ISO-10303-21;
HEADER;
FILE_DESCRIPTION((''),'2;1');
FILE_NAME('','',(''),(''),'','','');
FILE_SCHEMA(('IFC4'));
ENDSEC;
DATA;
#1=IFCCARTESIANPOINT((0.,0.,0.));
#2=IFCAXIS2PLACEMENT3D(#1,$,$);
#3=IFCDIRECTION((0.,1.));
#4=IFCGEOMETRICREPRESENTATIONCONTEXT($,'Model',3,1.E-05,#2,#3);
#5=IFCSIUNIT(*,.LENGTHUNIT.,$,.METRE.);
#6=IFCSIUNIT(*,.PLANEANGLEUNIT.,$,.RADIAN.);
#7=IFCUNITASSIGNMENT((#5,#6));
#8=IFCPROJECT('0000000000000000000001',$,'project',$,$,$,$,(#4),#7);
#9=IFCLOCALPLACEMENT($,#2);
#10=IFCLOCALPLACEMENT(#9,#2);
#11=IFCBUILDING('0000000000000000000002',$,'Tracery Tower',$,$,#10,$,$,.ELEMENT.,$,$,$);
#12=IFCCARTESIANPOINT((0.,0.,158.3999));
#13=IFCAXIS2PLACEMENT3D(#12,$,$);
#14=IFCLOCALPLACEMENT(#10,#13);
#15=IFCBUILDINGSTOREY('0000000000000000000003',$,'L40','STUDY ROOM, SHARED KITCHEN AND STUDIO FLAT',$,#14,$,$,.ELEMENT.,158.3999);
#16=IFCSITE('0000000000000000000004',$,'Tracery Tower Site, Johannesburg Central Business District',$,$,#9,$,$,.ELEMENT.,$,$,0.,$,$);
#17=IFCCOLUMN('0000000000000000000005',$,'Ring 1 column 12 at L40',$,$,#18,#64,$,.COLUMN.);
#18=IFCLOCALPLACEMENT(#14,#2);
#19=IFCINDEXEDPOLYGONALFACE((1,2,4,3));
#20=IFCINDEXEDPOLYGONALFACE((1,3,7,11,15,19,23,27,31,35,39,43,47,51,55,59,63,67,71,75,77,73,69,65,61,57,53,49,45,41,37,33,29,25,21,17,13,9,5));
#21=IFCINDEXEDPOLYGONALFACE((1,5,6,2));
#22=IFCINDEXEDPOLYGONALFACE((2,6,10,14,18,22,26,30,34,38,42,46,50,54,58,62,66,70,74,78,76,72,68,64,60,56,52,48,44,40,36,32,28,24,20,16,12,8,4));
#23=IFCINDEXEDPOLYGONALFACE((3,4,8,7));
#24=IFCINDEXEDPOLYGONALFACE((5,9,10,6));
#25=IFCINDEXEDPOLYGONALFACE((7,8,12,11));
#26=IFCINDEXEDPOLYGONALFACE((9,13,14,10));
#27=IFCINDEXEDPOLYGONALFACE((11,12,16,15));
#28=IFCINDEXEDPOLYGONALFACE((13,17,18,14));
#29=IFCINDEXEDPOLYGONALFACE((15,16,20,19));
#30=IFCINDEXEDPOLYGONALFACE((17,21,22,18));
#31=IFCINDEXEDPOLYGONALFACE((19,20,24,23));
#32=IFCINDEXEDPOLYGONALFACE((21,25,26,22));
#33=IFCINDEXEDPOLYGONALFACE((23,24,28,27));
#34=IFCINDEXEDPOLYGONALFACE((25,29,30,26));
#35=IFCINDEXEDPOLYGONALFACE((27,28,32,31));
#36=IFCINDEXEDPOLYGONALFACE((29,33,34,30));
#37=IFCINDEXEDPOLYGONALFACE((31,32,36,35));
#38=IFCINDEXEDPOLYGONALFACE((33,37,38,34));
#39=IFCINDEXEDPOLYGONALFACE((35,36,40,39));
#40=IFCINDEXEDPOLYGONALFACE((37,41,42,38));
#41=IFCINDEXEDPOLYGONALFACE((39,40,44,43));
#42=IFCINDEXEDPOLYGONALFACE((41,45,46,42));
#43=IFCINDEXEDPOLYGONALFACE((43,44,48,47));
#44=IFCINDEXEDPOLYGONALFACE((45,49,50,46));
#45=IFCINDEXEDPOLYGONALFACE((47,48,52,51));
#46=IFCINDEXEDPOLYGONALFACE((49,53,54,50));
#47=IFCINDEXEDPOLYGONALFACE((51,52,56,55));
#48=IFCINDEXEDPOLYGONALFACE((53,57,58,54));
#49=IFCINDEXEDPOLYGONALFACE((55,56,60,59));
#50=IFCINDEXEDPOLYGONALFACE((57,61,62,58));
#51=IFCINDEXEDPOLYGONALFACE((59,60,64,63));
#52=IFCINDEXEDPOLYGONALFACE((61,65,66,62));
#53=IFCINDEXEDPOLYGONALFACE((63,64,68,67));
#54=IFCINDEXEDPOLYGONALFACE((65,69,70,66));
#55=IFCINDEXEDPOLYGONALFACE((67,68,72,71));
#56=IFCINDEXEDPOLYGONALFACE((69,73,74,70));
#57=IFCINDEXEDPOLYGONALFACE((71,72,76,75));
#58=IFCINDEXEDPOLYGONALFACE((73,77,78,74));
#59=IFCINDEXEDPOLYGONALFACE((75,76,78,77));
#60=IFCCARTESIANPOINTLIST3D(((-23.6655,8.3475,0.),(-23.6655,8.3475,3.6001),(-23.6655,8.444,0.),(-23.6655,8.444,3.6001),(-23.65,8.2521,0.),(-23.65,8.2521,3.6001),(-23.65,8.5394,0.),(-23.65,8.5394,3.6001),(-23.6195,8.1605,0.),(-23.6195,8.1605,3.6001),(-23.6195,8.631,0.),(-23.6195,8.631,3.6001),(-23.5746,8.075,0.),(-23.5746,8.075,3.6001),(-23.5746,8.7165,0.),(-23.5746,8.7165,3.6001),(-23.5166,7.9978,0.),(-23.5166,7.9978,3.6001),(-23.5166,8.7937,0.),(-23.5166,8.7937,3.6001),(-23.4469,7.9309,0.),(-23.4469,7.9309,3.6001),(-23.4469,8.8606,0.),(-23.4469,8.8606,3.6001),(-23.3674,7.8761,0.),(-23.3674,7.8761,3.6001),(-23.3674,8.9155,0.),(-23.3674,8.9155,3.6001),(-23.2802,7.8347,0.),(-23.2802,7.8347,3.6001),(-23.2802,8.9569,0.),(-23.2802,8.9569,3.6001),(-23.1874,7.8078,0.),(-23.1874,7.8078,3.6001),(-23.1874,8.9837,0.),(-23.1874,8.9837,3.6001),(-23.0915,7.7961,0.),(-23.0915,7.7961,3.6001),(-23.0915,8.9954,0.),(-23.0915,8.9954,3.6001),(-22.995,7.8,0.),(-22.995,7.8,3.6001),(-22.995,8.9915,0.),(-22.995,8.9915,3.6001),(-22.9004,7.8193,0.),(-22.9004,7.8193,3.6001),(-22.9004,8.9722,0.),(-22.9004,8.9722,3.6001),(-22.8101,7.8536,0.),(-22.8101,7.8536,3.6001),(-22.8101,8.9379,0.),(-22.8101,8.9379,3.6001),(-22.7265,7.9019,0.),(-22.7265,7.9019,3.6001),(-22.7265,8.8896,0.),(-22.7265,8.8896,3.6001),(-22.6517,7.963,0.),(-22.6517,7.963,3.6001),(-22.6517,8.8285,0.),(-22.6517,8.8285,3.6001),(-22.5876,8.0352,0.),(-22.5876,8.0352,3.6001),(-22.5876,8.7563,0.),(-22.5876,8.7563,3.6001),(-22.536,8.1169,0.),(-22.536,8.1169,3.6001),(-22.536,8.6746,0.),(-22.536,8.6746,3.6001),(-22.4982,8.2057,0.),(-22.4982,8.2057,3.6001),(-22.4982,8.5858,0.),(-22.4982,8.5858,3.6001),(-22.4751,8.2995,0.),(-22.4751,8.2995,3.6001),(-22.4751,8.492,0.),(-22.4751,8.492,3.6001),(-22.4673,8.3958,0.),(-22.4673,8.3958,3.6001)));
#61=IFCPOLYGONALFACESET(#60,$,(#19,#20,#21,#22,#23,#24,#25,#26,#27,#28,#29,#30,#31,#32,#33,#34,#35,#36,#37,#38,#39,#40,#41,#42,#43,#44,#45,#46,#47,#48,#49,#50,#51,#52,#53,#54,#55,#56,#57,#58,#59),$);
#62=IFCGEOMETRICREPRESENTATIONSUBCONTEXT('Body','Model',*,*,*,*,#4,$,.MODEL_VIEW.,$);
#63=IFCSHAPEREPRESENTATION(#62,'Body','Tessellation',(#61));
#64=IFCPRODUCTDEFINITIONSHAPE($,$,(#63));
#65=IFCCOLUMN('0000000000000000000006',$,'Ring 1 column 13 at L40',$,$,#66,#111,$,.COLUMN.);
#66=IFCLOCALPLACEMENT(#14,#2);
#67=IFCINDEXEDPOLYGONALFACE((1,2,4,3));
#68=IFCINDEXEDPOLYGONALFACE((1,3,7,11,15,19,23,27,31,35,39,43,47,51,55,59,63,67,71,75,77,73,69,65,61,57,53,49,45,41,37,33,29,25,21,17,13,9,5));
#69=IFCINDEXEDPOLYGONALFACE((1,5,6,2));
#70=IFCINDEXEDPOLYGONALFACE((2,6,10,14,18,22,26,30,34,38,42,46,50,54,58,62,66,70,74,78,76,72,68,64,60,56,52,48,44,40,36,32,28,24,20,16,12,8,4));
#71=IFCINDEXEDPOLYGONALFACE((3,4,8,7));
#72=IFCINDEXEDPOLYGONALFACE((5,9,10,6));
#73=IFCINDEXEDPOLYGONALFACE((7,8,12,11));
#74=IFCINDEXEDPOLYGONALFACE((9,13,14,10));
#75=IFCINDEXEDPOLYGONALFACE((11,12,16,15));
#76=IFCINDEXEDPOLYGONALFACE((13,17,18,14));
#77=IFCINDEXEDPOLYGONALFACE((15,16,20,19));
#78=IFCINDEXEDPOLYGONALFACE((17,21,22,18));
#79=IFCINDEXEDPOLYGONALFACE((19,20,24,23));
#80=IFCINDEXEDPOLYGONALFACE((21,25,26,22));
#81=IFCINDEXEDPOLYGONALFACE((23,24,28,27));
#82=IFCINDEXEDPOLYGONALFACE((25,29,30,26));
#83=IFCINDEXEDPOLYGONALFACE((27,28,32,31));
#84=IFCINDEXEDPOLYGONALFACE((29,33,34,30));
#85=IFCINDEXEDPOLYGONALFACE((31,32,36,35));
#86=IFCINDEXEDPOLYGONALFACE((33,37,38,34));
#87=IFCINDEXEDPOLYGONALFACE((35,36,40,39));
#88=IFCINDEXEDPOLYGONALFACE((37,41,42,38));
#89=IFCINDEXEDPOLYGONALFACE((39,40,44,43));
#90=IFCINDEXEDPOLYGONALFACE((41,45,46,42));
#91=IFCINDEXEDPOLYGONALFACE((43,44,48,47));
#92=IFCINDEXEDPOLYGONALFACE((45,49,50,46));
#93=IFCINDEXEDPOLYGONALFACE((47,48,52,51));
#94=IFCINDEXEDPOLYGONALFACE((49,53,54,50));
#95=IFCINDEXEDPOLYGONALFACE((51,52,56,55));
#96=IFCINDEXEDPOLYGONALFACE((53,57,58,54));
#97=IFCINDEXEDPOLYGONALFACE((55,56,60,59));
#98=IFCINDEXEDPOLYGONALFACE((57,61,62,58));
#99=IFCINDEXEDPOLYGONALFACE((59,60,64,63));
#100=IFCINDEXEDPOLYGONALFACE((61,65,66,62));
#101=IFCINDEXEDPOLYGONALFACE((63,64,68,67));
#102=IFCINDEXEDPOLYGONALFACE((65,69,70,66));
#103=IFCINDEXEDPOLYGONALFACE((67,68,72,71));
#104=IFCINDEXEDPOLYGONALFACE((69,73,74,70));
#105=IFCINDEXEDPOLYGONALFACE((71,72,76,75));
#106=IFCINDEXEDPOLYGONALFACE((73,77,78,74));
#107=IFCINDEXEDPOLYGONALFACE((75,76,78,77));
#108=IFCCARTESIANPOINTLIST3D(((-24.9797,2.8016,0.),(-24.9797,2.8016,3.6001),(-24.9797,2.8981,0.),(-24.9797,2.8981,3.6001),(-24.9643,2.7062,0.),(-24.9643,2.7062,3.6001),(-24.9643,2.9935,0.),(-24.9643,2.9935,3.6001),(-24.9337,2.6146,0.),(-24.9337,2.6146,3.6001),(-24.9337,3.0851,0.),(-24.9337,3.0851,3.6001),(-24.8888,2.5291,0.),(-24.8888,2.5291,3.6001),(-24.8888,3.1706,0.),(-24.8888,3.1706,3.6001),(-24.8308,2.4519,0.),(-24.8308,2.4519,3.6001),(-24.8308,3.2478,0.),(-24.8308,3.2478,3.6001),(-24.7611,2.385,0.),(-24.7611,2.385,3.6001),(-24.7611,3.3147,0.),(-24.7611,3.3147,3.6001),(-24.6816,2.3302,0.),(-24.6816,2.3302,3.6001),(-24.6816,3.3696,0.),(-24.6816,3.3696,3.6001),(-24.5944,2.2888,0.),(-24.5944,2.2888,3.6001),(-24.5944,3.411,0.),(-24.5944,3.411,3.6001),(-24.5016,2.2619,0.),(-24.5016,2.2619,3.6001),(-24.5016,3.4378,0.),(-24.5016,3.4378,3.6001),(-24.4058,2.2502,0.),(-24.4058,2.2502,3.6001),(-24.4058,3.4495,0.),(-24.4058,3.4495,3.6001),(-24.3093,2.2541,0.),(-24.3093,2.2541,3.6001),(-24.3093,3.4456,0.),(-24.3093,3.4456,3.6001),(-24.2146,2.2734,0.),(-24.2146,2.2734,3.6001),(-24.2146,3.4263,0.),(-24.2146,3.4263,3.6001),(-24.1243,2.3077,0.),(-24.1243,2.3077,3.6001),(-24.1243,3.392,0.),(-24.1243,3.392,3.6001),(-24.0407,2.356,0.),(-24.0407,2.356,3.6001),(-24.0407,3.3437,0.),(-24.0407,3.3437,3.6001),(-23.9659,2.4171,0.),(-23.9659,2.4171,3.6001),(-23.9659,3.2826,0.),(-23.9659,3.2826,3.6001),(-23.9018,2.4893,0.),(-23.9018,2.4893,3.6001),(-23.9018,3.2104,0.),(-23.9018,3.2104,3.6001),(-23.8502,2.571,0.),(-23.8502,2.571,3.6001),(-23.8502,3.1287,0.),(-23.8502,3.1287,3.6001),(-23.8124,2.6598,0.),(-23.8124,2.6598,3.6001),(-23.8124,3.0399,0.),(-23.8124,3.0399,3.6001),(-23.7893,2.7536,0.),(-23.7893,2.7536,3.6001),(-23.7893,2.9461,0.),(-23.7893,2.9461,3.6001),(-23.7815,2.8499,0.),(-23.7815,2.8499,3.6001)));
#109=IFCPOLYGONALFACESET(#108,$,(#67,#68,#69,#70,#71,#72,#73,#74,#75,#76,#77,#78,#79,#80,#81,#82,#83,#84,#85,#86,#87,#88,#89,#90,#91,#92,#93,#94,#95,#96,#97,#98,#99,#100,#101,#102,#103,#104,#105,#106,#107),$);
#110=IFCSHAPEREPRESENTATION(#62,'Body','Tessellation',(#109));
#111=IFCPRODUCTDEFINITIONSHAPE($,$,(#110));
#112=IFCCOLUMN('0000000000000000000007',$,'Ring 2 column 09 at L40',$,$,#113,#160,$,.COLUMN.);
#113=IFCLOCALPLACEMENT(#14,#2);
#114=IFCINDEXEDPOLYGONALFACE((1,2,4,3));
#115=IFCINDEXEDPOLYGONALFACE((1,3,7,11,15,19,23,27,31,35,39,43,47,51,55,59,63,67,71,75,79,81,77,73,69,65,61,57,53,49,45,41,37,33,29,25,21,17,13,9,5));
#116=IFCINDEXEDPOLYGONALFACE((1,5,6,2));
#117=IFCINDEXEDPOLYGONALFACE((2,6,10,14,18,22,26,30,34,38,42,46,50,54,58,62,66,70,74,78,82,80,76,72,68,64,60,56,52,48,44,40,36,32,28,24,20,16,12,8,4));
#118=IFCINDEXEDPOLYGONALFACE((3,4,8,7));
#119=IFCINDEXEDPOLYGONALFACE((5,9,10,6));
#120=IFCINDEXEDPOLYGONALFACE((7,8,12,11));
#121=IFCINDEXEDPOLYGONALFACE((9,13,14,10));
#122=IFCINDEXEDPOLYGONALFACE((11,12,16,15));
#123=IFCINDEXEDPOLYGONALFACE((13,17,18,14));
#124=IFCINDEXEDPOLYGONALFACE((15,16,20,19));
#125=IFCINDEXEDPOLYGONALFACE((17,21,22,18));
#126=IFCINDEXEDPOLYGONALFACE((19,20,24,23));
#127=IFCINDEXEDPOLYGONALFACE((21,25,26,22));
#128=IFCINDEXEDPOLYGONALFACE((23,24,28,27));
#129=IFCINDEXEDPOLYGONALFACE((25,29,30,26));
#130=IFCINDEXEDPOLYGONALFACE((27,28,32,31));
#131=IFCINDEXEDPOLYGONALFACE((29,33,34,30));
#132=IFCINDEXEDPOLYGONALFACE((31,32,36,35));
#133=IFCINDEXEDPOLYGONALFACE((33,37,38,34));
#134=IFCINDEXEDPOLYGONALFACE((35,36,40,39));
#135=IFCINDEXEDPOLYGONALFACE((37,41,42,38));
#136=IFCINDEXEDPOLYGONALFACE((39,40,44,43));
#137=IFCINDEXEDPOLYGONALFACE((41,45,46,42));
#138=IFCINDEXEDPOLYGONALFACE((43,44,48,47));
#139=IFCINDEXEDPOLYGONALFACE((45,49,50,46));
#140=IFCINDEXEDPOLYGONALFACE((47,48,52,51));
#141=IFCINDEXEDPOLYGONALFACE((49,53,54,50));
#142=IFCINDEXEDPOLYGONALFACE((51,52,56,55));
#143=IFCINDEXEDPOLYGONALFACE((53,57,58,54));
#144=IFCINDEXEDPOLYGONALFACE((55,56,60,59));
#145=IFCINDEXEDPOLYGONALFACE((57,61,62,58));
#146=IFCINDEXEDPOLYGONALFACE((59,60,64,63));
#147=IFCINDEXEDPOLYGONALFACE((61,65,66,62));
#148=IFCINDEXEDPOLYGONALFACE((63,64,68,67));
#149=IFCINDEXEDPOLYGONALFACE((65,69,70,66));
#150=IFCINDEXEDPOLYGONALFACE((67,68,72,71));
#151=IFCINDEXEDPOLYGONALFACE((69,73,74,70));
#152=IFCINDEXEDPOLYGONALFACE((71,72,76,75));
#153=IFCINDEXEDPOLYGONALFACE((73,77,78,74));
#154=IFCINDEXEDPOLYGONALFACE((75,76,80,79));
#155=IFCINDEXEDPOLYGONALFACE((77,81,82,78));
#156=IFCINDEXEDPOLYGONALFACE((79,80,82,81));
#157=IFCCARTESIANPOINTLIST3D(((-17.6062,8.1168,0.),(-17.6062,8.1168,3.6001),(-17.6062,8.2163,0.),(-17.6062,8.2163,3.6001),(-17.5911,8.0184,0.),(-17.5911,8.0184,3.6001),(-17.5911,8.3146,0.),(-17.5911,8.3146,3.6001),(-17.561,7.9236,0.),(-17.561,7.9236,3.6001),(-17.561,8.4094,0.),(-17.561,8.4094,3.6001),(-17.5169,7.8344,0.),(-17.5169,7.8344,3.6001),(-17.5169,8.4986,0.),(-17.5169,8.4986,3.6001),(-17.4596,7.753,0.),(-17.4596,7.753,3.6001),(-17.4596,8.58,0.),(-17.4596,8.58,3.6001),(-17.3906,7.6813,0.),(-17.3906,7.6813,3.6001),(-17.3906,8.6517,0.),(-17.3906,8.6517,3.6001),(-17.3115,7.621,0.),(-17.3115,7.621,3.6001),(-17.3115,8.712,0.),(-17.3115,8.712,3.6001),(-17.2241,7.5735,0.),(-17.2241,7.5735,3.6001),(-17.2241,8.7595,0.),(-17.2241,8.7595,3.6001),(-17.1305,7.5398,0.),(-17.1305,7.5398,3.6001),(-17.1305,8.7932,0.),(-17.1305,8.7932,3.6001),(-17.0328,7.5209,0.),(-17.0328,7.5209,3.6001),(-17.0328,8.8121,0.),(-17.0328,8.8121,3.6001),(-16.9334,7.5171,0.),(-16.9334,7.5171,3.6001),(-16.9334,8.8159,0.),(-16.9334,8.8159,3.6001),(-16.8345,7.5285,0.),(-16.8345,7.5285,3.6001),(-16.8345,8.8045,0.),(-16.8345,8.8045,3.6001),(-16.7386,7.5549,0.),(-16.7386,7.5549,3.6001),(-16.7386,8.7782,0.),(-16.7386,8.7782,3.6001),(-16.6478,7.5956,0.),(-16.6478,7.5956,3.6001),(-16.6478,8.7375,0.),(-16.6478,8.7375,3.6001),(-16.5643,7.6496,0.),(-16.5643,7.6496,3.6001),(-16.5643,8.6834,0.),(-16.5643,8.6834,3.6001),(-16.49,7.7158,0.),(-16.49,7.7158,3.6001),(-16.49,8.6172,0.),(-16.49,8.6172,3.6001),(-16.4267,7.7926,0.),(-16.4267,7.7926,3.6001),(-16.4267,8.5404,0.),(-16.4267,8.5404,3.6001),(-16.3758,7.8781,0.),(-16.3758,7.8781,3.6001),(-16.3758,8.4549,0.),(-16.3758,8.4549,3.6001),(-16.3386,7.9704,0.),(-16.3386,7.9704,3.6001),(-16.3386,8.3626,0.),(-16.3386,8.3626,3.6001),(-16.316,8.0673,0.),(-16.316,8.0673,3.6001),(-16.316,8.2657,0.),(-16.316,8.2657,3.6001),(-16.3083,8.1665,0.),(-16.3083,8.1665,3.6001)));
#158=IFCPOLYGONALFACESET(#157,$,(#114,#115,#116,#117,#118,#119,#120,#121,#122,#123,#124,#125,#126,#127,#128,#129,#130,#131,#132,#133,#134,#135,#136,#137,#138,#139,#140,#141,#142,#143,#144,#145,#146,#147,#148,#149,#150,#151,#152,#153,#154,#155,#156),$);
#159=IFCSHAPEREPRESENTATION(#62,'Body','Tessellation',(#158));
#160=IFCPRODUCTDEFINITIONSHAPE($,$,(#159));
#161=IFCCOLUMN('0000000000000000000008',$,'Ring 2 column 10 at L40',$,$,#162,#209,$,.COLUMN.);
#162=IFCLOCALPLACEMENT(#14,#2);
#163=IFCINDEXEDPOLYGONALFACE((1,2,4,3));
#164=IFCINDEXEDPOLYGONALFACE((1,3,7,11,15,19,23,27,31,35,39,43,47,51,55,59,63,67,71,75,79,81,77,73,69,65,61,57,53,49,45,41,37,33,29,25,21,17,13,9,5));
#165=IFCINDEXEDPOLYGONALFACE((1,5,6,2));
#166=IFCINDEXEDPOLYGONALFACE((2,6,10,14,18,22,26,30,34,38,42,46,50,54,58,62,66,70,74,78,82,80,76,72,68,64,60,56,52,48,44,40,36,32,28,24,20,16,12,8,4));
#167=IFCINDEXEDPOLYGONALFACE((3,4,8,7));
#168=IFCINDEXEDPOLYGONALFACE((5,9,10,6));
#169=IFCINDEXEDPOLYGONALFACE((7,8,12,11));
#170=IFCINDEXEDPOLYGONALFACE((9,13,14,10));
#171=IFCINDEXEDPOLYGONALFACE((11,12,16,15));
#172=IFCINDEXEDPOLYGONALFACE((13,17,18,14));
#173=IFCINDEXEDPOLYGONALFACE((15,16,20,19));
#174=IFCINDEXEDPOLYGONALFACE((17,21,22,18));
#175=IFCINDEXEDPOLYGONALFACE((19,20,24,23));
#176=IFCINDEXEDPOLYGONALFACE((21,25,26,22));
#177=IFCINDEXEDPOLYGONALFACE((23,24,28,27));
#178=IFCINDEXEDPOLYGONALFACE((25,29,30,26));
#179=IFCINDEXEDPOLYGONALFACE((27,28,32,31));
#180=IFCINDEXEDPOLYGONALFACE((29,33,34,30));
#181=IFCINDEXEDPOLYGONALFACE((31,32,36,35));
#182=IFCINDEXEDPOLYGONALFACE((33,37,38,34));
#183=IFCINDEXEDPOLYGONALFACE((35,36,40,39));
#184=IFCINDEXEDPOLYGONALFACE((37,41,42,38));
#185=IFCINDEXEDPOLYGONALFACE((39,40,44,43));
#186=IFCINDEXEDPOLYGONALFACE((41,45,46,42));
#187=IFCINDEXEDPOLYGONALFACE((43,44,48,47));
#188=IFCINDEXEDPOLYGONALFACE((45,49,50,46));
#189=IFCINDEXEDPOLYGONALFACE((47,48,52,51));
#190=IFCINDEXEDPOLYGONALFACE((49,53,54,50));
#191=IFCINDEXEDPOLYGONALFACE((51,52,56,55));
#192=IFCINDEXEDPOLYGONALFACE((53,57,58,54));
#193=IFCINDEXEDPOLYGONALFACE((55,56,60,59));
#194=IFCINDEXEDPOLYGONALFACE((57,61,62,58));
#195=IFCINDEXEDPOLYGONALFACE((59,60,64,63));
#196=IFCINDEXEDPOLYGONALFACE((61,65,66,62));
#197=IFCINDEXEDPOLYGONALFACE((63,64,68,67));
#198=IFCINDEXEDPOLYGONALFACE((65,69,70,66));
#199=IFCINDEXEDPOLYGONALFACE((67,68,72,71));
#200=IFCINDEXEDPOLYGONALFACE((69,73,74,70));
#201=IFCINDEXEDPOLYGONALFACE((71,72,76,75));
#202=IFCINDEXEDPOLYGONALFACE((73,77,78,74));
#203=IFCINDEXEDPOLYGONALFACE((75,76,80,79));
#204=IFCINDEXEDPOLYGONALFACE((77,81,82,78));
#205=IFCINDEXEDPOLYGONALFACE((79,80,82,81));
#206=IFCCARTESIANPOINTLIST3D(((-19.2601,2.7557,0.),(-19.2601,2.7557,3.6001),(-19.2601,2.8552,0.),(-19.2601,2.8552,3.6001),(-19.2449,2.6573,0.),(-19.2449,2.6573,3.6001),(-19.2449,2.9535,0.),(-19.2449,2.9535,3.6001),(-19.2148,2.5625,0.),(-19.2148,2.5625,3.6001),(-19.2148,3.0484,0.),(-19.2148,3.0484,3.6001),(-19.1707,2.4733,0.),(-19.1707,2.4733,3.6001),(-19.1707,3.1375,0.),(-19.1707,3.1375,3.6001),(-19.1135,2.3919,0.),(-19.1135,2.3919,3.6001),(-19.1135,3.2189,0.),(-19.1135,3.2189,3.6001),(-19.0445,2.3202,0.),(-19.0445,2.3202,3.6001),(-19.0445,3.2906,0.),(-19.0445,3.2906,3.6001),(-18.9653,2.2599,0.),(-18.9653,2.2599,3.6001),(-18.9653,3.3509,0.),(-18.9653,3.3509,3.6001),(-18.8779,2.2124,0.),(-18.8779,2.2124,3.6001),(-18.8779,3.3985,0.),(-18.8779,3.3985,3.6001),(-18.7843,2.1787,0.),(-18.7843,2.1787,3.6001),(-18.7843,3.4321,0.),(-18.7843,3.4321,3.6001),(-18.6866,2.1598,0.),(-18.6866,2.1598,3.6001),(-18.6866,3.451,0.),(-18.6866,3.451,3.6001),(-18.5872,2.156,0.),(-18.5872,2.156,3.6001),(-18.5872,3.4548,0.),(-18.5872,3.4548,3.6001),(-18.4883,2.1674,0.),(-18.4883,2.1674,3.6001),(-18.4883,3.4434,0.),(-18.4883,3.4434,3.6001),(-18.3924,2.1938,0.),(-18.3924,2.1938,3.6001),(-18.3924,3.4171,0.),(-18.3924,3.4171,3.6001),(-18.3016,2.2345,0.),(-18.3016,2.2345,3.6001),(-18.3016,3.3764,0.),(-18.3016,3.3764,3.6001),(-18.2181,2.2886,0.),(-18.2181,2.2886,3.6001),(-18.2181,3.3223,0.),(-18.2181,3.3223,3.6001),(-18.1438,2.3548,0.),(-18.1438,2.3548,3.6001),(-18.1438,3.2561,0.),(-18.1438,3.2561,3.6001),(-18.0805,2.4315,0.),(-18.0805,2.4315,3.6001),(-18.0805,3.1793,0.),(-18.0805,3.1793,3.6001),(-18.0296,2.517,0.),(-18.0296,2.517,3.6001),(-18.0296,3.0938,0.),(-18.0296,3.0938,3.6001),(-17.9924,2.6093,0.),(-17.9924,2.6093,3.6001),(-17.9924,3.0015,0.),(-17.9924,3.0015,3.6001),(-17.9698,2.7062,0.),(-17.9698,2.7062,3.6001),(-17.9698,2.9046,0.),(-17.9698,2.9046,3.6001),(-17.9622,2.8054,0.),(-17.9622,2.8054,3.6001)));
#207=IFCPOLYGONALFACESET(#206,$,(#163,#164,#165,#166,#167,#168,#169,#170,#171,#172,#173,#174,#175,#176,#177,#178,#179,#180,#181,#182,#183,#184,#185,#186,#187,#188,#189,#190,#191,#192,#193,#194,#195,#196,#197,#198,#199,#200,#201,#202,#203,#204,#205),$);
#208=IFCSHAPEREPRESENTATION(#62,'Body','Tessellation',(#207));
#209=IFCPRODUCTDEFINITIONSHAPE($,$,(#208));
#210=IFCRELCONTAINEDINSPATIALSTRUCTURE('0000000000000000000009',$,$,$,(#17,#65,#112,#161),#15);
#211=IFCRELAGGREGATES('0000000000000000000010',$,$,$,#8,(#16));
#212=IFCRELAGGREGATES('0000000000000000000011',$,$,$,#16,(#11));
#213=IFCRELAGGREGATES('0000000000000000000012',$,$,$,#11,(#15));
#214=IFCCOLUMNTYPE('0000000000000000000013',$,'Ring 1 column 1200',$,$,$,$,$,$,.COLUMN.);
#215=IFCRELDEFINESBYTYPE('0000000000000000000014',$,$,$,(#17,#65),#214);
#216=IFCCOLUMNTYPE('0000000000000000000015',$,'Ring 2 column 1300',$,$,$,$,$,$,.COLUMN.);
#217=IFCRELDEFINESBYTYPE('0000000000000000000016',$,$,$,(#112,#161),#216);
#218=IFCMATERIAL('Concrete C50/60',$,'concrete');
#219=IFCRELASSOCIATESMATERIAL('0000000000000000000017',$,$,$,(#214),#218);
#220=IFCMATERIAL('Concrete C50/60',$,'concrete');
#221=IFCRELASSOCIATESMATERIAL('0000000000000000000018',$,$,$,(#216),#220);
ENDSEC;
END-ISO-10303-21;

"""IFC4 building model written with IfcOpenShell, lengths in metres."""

from ifc_helpers import new_model, si_unit, direction, frame, origin, origin_2d, place, context, subcontext, project, spatial, circle, extrude, material, material_profile, profile_set, type_object, element, save


model = new_model("IFC4")

# Units and contexts
model_context = context("Model", 3, precision=1e-05, world=origin(), true_north=direction((0.0, 1.0)))
body_context = subcontext(model_context, "Body", "Model", "MODEL_VIEW")
ifc_project = project(units=[si_unit("LENGTHUNIT", "METRE"), si_unit("PLANEANGLEUNIT", "RADIAN")], contexts=[model_context])

# Site, building, storey
site_placement = place(None, origin())
site = spatial("IfcSite", under=ifc_project, at=site_placement, Name="Tracery Tower Site, Johannesburg Central Business District", CompositionType="ELEMENT", RefElevation=0.0)
building_placement = place(site_placement, origin())
building = spatial("IfcBuilding", under=site, at=building_placement, Name="Tracery Tower", CompositionType="ELEMENT")
storey_placement = place(building_placement, frame((0.0, 0.0, 158.3999)))
storey = spatial("IfcBuildingStorey", under=building, at=storey_placement, Name="L40", Description="STUDY ROOM, SHARED KITCHEN AND STUDIO FLAT", CompositionType="ELEMENT", Elevation=158.3999)

# Columns
ifc_material_1 = material(Name="Concrete C50/60", Category="concrete")
ifc_material_profile_1 = material_profile(ifc_material_1, circle(Radius=0.6001, at=origin_2d()), Name="RC D1200")
ifc_profile_set_1 = profile_set([ifc_material_profile_1], Name="Concrete C50/60")
column_type_1 = type_object("IfcColumnType", Name="Ring 1 column 1200", PredefinedType="COLUMN", material=ifc_profile_set_1)
for number, where, z_axis, x_axis, name in (
    (1, (-23.0674, 8.3958, 0.0), (0.0, 0.0, 1.0), (1.0, 0.0, 0.0), "Ring 1 column 12 at L40"),
    (2, (-24.3816, 2.8499, 0.0), (0.0, 0.0, 1.0), (1.0, 0.0, 0.0), "Ring 1 column 13 at L40"),
):
    element("IfcColumn", number, at=place(storey_placement, frame(where, z_axis=z_axis, x_axis=x_axis)), inside=storey, type_object=column_type_1, Name=name, PredefinedType="COLUMN", context=body_context, shape_type="SweptSolid", body=[
        extrude(circle(Radius=0.6001, at=origin_2d()), origin(), (0.0, 0.0, 1.0), 3.6001),
    ])
ifc_material_2 = material(Name="Concrete C50/60", Category="concrete")
ifc_material_profile_2 = material_profile(ifc_material_2, circle(Radius=0.6499, at=origin_2d()), Name="RC D1300")
ifc_profile_set_2 = profile_set([ifc_material_profile_2], Name="Concrete C50/60")
column_type_2 = type_object("IfcColumnType", Name="Ring 2 column 1300", PredefinedType="COLUMN", material=ifc_profile_set_2)
for number, where, z_axis, x_axis, name in (
    (3, (-16.9583, 8.1665, 0.0), (0.0, 0.0, 1.0), (1.0, 0.0, 0.0), "Ring 2 column 09 at L40"),
    (4, (-18.6121, 2.8054, 0.0), (0.0, 0.0, 1.0), (1.0, 0.0, 0.0), "Ring 2 column 10 at L40"),
):
    element("IfcColumn", number, at=place(storey_placement, frame(where, z_axis=z_axis, x_axis=x_axis)), inside=storey, type_object=column_type_2, Name=name, PredefinedType="COLUMN", context=body_context, shape_type="SweptSolid", body=[
        extrude(circle(Radius=0.6499, at=origin_2d()), origin(), (0.0, 0.0, 1.0), 3.6001),
    ])

save(model, "model.ifc")
